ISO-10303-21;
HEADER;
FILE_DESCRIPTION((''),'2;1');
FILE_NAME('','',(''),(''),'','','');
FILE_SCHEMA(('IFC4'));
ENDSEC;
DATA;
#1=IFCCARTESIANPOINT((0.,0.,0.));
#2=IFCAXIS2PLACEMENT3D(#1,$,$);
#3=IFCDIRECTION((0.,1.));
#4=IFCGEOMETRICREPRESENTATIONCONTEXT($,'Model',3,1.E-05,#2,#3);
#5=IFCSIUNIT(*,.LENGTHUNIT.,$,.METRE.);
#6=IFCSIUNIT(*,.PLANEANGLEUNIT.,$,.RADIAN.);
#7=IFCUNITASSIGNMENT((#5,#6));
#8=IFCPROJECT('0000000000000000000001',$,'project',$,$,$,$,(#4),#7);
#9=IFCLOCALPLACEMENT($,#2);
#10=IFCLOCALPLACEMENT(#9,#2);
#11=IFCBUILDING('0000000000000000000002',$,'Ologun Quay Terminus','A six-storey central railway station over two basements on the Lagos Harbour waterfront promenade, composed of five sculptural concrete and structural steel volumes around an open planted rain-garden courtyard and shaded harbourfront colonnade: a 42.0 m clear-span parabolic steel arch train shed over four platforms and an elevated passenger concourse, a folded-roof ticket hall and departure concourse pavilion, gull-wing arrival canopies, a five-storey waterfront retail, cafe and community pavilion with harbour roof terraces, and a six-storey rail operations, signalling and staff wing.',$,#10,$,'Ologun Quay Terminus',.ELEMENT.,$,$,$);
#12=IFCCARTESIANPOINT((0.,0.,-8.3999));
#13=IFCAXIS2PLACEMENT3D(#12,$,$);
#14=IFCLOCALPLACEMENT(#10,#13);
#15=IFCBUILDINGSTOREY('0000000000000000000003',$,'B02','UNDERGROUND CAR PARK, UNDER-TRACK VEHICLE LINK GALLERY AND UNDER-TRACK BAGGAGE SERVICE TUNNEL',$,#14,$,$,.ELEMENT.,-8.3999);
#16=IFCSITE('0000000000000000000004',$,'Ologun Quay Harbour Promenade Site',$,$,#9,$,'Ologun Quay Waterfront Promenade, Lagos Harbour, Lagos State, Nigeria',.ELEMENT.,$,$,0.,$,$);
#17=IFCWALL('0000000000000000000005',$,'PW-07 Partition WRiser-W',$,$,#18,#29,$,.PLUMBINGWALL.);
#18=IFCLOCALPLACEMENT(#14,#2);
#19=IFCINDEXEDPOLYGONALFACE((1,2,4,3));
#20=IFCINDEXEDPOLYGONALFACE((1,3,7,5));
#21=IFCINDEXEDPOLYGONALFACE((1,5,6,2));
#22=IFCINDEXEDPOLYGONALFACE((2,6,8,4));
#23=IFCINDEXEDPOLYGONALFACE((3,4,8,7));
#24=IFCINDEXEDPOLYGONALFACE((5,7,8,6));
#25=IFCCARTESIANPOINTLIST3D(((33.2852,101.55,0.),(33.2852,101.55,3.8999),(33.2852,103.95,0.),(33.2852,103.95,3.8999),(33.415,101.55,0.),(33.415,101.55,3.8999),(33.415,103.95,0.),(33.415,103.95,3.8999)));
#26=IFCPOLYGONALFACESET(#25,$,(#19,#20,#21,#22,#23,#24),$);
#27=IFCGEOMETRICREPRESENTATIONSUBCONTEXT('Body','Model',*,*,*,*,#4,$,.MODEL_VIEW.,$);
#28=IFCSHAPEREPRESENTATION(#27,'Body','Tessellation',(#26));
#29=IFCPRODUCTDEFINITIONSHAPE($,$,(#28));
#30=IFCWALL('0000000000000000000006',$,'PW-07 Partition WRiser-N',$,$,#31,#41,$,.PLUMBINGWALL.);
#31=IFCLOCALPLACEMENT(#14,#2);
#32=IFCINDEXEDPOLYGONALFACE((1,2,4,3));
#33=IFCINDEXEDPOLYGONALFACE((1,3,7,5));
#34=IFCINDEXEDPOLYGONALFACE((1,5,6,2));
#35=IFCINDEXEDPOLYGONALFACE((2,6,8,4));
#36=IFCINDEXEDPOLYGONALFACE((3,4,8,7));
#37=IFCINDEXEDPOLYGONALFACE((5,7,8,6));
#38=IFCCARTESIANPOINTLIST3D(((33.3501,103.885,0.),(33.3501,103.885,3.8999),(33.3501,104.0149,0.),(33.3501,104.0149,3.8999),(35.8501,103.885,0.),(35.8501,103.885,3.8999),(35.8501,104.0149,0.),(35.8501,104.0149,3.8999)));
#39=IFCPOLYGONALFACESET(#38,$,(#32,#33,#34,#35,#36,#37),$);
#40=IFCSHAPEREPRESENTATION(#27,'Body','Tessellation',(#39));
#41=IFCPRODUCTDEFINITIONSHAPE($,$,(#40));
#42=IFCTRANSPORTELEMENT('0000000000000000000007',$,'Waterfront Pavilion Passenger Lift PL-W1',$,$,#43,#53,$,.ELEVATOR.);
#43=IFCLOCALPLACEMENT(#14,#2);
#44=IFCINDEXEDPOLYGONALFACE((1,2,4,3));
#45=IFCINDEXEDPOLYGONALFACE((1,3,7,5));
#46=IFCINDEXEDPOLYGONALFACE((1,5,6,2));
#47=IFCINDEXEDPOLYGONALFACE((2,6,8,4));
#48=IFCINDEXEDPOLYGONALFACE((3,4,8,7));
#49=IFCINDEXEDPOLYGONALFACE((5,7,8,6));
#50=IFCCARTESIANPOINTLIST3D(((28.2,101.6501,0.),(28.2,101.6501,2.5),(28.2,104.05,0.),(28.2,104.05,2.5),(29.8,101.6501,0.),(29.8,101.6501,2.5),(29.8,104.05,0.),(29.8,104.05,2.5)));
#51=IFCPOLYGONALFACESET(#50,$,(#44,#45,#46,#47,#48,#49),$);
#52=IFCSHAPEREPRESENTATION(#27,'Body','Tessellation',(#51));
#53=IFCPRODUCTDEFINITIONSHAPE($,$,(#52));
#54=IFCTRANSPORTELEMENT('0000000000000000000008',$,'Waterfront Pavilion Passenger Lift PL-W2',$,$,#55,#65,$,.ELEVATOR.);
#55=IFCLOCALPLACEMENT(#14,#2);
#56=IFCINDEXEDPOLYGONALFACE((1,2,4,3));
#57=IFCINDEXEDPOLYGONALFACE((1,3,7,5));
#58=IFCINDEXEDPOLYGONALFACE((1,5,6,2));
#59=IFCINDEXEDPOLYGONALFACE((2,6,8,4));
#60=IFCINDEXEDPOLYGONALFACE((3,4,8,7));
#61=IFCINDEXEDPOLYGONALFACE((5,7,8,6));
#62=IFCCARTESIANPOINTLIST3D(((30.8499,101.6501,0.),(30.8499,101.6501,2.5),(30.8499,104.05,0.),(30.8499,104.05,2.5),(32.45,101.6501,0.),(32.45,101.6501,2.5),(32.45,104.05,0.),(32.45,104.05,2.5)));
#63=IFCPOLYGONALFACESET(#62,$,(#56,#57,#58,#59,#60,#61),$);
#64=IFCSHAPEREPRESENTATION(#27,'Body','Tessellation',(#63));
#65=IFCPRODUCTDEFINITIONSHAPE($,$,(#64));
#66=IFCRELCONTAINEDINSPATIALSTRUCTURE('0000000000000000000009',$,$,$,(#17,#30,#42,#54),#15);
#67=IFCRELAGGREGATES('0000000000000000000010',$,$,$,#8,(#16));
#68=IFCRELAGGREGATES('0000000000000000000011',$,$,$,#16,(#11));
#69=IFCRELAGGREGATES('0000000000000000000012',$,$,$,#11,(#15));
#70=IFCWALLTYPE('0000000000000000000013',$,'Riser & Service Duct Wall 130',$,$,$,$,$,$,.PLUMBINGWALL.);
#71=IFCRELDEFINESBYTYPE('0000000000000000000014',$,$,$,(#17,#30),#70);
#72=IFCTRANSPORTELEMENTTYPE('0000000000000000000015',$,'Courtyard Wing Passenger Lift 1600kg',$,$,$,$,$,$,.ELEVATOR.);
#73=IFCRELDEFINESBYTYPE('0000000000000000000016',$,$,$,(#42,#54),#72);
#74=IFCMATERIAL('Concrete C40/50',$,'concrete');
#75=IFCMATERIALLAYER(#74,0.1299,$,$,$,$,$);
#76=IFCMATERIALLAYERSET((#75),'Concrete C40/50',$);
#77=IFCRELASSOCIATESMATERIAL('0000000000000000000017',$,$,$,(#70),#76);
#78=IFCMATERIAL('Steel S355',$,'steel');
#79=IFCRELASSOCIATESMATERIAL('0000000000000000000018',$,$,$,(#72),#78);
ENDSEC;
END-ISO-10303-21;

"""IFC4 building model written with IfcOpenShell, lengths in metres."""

from ifc_helpers import new_model, si_unit, direction, frame, frame_2d, origin, origin_2d, place, context, subcontext, project, spatial, rectangle, extrude, material, layer, layer_set, type_object, element, save


model = new_model("IFC4")

# Units and contexts
model_context = context("Model", 3, precision=1e-05, world=origin(), true_north=direction((0.0, 1.0)))
body_context = subcontext(model_context, "Body", "Model", "MODEL_VIEW")
ifc_project = project(units=[si_unit("LENGTHUNIT", "METRE"), si_unit("PLANEANGLEUNIT", "RADIAN")], contexts=[model_context])

# Site, building, storey
site_placement = place(None, origin())
site = spatial("IfcSite", under=ifc_project, at=site_placement, Name="Ologun Quay Harbour Promenade Site", LongName="Ologun Quay Waterfront Promenade, Lagos Harbour, Lagos State, Nigeria", CompositionType="ELEMENT", RefElevation=0.0)
building_placement = place(site_placement, origin())
building = spatial("IfcBuilding", under=site, at=building_placement, Name="Ologun Quay Terminus", Description="A six-storey central railway station over two basements on the Lagos Harbour waterfront promenade, composed of five sculptural concrete and structural steel volumes around an open planted rain-garden courtyard and shaded harbourfront colonnade: a 42.0 m clear-span parabolic steel arch train shed over four platforms and an elevated passenger concourse, a folded-roof ticket hall and departure concourse pavilion, gull-wing arrival canopies, a five-storey waterfront retail, cafe and community pavilion with harbour roof terraces, and a six-storey rail operations, signalling and staff wing.", LongName="Ologun Quay Terminus", CompositionType="ELEMENT")
storey_placement = place(building_placement, frame((0.0, 0.0, -8.3999)))
storey = spatial("IfcBuildingStorey", under=building, at=storey_placement, Name="B02", Description="UNDERGROUND CAR PARK, UNDER-TRACK VEHICLE LINK GALLERY AND UNDER-TRACK BAGGAGE SERVICE TUNNEL", CompositionType="ELEMENT", Elevation=-8.3999)

# Shared definitions
ifc_material_1 = material(Name="Concrete C40/50", Category="concrete")
ifc_layer_1 = layer(ifc_material_1, 0.1299)
ifc_layer_set_1 = layer_set([ifc_layer_1], Name="Concrete C40/50")
wall_type_1 = type_object("IfcWallType", Name="Riser & Service Duct Wall 130", PredefinedType="PLUMBINGWALL", material=ifc_layer_set_1)

# Walls
wall_1_placement = place(storey_placement, frame((33.3501, 101.55, 0.0), z_axis=(0.0, 0.0, 1.0), x_axis=(0.0, 1.0, 0.0)))
element("IfcWall", 1, at=wall_1_placement, inside=storey, type_object=wall_type_1, Name="PW-07 Partition WRiser-W", PredefinedType="PLUMBINGWALL", context=body_context, shape_type="SweptSolid", body=[
    extrude(rectangle(XDim=2.3999, YDim=0.1299, at=frame_2d((1.2, 0.0))), origin(), (0.0, 0.0, 1.0), 3.8999),
])
wall_2_placement = place(storey_placement, frame((33.3501, 103.95, 0.0), z_axis=(0.0, 0.0, 1.0), x_axis=(1.0, 0.0, 0.0)))
element("IfcWall", 2, at=wall_2_placement, inside=storey, type_object=wall_type_1, Name="PW-07 Partition WRiser-N", PredefinedType="PLUMBINGWALL", context=body_context, shape_type="SweptSolid", body=[
    extrude(rectangle(XDim=2.5, YDim=0.1299, at=frame_2d((1.25, 0.0))), origin(), (0.0, 0.0, 1.0), 3.8999),
])

# Transport elements
ifc_material_2 = material(Name="Steel S355", Category="steel")
transport_element_type = type_object("IfcTransportElementType", Name="Courtyard Wing Passenger Lift 1600kg", PredefinedType="ELEVATOR", material=ifc_material_2)
for number, where, z_axis, x_axis, name in (
    (3, (29.0, 102.8501, 0.0), (0.0, 0.0, 1.0), (1.0, 0.0, 0.0), "Waterfront Pavilion Passenger Lift PL-W1"),
    (4, (31.6499, 102.8501, 0.0), (0.0, 0.0, 1.0), (1.0, 0.0, 0.0), "Waterfront Pavilion Passenger Lift PL-W2"),
):
    element("IfcTransportElement", number, at=place(storey_placement, frame(where, z_axis=z_axis, x_axis=x_axis)), inside=storey, type_object=transport_element_type, Name=name, PredefinedType="ELEVATOR", context=body_context, shape_type="SweptSolid", body=[
        extrude(rectangle(XDim=1.6001, YDim=2.3999, at=origin_2d()), origin(), (0.0, 0.0, 1.0), 2.5),
    ])

save(model, "model.ifc")
